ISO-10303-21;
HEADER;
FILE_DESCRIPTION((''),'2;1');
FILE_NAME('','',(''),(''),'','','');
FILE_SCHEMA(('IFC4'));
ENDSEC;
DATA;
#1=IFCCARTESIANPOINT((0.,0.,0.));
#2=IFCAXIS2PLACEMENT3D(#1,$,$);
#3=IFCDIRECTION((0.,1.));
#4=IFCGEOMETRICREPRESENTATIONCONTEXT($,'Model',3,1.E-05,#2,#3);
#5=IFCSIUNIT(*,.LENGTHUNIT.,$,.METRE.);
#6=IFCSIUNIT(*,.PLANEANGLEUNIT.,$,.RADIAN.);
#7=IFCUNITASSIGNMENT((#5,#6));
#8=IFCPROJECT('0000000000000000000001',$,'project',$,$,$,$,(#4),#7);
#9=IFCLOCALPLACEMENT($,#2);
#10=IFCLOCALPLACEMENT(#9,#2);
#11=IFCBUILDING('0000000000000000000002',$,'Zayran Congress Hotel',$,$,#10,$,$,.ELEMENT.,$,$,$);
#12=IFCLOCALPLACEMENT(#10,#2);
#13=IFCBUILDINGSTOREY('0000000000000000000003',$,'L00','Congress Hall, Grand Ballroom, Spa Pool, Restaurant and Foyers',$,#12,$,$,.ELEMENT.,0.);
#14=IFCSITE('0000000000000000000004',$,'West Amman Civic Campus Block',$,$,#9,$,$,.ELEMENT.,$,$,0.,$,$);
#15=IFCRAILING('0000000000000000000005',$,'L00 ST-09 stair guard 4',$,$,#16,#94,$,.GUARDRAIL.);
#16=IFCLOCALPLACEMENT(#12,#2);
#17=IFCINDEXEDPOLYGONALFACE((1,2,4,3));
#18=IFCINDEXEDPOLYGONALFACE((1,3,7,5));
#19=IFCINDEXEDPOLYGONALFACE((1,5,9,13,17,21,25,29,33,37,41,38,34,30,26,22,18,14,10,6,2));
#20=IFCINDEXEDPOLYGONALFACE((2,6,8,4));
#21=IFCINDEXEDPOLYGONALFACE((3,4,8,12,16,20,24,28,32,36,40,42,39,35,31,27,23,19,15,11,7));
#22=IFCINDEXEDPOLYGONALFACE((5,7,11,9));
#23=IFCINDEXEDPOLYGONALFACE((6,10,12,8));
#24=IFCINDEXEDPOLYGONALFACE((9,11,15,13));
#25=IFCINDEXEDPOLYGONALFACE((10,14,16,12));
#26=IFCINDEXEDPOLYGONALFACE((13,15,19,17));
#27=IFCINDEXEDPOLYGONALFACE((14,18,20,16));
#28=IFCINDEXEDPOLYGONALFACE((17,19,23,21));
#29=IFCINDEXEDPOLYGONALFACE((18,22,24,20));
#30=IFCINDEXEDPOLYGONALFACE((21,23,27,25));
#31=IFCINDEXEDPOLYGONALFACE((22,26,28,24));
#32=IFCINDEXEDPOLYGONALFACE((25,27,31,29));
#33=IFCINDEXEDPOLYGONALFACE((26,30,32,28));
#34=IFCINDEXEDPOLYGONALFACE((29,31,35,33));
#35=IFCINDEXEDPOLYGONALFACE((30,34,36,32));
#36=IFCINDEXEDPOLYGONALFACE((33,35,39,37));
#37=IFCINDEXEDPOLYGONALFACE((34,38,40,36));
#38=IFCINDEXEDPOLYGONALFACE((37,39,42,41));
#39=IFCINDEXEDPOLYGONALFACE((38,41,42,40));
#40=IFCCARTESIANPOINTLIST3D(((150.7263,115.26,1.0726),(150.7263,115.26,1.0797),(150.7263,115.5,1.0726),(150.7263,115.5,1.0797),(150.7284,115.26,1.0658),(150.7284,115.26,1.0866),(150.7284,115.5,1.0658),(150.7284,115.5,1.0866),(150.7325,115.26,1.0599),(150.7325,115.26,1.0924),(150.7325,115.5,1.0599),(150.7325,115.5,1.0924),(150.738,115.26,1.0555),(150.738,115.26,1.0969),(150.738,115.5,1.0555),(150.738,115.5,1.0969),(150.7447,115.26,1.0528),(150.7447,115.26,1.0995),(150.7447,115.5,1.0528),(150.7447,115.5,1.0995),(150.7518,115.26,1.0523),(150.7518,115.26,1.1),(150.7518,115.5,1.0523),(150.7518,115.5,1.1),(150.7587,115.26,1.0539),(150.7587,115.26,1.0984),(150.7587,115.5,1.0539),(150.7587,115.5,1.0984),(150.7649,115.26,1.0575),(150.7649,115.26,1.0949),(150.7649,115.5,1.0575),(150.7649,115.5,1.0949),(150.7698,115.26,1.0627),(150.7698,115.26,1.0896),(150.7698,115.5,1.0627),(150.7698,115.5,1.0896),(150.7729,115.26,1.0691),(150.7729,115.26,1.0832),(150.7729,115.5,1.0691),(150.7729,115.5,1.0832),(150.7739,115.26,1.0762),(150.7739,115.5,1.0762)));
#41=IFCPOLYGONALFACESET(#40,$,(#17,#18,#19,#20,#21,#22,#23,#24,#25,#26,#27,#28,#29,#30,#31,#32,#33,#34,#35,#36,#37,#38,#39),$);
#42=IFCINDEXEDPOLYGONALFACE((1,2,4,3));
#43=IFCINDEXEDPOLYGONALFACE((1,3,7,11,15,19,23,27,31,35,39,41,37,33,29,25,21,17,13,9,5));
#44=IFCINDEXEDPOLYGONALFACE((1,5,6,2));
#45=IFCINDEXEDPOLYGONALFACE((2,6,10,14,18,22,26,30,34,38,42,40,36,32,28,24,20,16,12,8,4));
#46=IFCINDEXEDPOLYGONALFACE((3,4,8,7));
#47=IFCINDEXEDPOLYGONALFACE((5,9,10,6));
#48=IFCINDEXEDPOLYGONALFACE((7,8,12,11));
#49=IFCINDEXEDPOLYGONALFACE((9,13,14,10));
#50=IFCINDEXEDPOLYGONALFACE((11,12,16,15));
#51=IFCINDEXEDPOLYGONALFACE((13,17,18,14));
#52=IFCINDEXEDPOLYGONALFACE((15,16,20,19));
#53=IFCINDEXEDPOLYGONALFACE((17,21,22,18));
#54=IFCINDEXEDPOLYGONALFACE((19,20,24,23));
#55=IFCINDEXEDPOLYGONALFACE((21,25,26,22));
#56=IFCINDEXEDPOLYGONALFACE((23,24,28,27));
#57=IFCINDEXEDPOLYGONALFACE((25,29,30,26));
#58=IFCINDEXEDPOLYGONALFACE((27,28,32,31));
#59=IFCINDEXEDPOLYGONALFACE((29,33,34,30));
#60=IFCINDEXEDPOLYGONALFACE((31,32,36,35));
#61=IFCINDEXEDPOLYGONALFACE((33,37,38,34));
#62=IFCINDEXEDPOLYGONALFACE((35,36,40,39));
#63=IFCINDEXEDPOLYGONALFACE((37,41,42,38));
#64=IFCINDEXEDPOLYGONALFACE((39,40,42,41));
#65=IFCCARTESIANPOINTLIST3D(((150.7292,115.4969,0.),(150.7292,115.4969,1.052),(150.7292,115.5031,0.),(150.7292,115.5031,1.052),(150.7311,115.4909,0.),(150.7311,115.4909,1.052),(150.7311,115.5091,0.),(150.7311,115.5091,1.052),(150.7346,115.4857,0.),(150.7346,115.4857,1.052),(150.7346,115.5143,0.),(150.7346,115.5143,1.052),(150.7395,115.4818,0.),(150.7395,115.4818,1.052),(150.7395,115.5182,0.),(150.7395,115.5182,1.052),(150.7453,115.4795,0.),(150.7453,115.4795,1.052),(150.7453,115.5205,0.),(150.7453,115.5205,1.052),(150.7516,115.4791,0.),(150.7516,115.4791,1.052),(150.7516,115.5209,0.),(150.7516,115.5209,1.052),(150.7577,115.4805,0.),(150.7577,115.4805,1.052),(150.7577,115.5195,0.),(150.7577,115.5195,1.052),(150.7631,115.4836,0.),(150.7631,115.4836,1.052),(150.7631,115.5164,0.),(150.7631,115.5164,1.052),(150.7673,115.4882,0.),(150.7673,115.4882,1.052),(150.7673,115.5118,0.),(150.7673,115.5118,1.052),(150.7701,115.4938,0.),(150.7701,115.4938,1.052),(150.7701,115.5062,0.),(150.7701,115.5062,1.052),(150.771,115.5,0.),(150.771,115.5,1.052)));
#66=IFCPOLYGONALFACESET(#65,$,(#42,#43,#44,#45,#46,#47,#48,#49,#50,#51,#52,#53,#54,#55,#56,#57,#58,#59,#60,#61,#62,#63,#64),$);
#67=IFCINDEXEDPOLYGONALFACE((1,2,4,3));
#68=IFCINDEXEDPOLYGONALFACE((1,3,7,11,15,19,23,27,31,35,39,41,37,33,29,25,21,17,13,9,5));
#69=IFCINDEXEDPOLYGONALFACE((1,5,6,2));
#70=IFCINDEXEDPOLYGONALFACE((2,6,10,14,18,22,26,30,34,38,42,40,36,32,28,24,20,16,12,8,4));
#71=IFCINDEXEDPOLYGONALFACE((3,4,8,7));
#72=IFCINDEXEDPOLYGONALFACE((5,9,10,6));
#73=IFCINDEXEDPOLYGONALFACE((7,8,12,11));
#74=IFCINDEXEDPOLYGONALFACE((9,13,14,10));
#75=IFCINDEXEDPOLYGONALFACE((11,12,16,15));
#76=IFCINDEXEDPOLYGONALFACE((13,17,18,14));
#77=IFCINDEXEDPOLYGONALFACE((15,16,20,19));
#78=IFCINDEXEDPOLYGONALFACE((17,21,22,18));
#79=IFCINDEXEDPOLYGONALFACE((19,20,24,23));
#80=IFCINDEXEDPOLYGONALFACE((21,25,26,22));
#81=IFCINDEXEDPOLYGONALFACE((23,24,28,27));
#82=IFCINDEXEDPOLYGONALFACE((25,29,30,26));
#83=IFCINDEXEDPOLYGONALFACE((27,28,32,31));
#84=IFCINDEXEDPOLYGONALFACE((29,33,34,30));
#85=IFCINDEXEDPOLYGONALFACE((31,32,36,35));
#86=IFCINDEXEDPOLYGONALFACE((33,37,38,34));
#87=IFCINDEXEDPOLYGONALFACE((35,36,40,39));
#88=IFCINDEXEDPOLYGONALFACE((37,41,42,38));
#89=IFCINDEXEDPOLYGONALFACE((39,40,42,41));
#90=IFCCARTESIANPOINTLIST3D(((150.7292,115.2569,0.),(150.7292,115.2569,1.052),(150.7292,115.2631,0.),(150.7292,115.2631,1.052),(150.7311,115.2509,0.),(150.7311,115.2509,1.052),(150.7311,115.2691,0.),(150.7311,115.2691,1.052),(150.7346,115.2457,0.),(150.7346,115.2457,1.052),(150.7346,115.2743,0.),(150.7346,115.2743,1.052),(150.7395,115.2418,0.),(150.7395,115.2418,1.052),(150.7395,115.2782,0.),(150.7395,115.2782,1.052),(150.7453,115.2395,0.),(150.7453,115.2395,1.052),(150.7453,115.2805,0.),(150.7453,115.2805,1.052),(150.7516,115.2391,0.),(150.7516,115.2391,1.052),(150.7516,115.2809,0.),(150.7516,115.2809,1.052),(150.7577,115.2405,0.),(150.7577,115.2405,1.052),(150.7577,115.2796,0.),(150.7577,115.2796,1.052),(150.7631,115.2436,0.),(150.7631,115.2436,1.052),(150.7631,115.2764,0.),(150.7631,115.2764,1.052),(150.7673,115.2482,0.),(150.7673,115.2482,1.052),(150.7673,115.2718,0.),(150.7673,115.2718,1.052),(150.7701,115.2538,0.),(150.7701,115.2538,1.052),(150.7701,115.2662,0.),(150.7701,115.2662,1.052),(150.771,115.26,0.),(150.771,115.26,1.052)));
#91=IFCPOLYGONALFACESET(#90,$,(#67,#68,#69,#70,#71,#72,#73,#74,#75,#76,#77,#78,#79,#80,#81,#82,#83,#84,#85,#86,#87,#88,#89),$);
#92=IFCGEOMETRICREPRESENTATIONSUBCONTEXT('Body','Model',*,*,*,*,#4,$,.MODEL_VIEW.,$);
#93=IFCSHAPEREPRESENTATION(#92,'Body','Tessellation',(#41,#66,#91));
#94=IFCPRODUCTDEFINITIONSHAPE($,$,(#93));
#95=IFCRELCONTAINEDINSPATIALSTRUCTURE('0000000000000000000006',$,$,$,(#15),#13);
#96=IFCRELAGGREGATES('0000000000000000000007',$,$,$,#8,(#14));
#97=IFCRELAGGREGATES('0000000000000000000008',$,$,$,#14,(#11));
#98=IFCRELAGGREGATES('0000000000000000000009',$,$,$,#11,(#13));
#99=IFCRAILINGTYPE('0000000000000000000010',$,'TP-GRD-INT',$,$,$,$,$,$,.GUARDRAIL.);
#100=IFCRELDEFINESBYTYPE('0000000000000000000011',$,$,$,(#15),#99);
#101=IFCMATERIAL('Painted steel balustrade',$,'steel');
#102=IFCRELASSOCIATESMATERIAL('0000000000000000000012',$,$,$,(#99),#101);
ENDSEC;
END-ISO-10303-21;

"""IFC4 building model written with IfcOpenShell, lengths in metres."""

from ifc_helpers import new_model, si_unit, direction, frame, origin, origin_2d, place, context, subcontext, project, spatial, circle, extrude, material, type_object, element, save


model = new_model("IFC4")

# Units and contexts
model_context = context("Model", 3, precision=1e-05, world=origin(), true_north=direction((0.0, 1.0)))
body_context = subcontext(model_context, "Body", "Model", "MODEL_VIEW")
ifc_project = project(units=[si_unit("LENGTHUNIT", "METRE"), si_unit("PLANEANGLEUNIT", "RADIAN")], contexts=[model_context])

# Site, building, storey
site_placement = place(None, origin())
site = spatial("IfcSite", under=ifc_project, at=site_placement, Name="West Amman Civic Campus Block", CompositionType="ELEMENT", RefElevation=0.0)
building_placement = place(site_placement, origin())
building = spatial("IfcBuilding", under=site, at=building_placement, Name="Zayran Congress Hotel", CompositionType="ELEMENT")
storey_placement = place(building_placement, origin())
storey = spatial("IfcBuildingStorey", under=building, at=storey_placement, Name="L00", Description="Congress Hall, Grand Ballroom, Spa Pool, Restaurant and Foyers", CompositionType="ELEMENT", Elevation=0.0)

# Railing
ifc_material_1 = material(Name="Painted steel balustrade", Category="steel")
railing_type_1 = type_object("IfcRailingType", Name="TP-GRD-INT", PredefinedType="GUARDRAIL", material=ifc_material_1)
railing_1_placement = place(storey_placement, frame((150.75, 115.5, 0.0)))
element("IfcRailing", 1, at=railing_1_placement, inside=storey, type_object=railing_type_1, Name="L00 ST-09 stair guard 4", PredefinedType="GUARDRAIL", context=body_context, shape_type="SweptSolid", body=[
    extrude(circle(Radius=0.0239, at=origin_2d()), frame((0.0, 0.0, 1.0762), z_axis=(0.0, -1.0, 0.0), x_axis=(1.0, 0.0, 0.0)), (0.0, 0.0, 1.0), 0.24),
    extrude(circle(Radius=0.021, at=origin_2d()), origin(), (0.0, 0.0, 1.0), 1.052),
    extrude(circle(Radius=0.021, at=origin_2d()), frame((0.0, -0.24, 0.0)), (0.0, 0.0, 1.0), 1.052),
])

save(model, "model.ifc")
